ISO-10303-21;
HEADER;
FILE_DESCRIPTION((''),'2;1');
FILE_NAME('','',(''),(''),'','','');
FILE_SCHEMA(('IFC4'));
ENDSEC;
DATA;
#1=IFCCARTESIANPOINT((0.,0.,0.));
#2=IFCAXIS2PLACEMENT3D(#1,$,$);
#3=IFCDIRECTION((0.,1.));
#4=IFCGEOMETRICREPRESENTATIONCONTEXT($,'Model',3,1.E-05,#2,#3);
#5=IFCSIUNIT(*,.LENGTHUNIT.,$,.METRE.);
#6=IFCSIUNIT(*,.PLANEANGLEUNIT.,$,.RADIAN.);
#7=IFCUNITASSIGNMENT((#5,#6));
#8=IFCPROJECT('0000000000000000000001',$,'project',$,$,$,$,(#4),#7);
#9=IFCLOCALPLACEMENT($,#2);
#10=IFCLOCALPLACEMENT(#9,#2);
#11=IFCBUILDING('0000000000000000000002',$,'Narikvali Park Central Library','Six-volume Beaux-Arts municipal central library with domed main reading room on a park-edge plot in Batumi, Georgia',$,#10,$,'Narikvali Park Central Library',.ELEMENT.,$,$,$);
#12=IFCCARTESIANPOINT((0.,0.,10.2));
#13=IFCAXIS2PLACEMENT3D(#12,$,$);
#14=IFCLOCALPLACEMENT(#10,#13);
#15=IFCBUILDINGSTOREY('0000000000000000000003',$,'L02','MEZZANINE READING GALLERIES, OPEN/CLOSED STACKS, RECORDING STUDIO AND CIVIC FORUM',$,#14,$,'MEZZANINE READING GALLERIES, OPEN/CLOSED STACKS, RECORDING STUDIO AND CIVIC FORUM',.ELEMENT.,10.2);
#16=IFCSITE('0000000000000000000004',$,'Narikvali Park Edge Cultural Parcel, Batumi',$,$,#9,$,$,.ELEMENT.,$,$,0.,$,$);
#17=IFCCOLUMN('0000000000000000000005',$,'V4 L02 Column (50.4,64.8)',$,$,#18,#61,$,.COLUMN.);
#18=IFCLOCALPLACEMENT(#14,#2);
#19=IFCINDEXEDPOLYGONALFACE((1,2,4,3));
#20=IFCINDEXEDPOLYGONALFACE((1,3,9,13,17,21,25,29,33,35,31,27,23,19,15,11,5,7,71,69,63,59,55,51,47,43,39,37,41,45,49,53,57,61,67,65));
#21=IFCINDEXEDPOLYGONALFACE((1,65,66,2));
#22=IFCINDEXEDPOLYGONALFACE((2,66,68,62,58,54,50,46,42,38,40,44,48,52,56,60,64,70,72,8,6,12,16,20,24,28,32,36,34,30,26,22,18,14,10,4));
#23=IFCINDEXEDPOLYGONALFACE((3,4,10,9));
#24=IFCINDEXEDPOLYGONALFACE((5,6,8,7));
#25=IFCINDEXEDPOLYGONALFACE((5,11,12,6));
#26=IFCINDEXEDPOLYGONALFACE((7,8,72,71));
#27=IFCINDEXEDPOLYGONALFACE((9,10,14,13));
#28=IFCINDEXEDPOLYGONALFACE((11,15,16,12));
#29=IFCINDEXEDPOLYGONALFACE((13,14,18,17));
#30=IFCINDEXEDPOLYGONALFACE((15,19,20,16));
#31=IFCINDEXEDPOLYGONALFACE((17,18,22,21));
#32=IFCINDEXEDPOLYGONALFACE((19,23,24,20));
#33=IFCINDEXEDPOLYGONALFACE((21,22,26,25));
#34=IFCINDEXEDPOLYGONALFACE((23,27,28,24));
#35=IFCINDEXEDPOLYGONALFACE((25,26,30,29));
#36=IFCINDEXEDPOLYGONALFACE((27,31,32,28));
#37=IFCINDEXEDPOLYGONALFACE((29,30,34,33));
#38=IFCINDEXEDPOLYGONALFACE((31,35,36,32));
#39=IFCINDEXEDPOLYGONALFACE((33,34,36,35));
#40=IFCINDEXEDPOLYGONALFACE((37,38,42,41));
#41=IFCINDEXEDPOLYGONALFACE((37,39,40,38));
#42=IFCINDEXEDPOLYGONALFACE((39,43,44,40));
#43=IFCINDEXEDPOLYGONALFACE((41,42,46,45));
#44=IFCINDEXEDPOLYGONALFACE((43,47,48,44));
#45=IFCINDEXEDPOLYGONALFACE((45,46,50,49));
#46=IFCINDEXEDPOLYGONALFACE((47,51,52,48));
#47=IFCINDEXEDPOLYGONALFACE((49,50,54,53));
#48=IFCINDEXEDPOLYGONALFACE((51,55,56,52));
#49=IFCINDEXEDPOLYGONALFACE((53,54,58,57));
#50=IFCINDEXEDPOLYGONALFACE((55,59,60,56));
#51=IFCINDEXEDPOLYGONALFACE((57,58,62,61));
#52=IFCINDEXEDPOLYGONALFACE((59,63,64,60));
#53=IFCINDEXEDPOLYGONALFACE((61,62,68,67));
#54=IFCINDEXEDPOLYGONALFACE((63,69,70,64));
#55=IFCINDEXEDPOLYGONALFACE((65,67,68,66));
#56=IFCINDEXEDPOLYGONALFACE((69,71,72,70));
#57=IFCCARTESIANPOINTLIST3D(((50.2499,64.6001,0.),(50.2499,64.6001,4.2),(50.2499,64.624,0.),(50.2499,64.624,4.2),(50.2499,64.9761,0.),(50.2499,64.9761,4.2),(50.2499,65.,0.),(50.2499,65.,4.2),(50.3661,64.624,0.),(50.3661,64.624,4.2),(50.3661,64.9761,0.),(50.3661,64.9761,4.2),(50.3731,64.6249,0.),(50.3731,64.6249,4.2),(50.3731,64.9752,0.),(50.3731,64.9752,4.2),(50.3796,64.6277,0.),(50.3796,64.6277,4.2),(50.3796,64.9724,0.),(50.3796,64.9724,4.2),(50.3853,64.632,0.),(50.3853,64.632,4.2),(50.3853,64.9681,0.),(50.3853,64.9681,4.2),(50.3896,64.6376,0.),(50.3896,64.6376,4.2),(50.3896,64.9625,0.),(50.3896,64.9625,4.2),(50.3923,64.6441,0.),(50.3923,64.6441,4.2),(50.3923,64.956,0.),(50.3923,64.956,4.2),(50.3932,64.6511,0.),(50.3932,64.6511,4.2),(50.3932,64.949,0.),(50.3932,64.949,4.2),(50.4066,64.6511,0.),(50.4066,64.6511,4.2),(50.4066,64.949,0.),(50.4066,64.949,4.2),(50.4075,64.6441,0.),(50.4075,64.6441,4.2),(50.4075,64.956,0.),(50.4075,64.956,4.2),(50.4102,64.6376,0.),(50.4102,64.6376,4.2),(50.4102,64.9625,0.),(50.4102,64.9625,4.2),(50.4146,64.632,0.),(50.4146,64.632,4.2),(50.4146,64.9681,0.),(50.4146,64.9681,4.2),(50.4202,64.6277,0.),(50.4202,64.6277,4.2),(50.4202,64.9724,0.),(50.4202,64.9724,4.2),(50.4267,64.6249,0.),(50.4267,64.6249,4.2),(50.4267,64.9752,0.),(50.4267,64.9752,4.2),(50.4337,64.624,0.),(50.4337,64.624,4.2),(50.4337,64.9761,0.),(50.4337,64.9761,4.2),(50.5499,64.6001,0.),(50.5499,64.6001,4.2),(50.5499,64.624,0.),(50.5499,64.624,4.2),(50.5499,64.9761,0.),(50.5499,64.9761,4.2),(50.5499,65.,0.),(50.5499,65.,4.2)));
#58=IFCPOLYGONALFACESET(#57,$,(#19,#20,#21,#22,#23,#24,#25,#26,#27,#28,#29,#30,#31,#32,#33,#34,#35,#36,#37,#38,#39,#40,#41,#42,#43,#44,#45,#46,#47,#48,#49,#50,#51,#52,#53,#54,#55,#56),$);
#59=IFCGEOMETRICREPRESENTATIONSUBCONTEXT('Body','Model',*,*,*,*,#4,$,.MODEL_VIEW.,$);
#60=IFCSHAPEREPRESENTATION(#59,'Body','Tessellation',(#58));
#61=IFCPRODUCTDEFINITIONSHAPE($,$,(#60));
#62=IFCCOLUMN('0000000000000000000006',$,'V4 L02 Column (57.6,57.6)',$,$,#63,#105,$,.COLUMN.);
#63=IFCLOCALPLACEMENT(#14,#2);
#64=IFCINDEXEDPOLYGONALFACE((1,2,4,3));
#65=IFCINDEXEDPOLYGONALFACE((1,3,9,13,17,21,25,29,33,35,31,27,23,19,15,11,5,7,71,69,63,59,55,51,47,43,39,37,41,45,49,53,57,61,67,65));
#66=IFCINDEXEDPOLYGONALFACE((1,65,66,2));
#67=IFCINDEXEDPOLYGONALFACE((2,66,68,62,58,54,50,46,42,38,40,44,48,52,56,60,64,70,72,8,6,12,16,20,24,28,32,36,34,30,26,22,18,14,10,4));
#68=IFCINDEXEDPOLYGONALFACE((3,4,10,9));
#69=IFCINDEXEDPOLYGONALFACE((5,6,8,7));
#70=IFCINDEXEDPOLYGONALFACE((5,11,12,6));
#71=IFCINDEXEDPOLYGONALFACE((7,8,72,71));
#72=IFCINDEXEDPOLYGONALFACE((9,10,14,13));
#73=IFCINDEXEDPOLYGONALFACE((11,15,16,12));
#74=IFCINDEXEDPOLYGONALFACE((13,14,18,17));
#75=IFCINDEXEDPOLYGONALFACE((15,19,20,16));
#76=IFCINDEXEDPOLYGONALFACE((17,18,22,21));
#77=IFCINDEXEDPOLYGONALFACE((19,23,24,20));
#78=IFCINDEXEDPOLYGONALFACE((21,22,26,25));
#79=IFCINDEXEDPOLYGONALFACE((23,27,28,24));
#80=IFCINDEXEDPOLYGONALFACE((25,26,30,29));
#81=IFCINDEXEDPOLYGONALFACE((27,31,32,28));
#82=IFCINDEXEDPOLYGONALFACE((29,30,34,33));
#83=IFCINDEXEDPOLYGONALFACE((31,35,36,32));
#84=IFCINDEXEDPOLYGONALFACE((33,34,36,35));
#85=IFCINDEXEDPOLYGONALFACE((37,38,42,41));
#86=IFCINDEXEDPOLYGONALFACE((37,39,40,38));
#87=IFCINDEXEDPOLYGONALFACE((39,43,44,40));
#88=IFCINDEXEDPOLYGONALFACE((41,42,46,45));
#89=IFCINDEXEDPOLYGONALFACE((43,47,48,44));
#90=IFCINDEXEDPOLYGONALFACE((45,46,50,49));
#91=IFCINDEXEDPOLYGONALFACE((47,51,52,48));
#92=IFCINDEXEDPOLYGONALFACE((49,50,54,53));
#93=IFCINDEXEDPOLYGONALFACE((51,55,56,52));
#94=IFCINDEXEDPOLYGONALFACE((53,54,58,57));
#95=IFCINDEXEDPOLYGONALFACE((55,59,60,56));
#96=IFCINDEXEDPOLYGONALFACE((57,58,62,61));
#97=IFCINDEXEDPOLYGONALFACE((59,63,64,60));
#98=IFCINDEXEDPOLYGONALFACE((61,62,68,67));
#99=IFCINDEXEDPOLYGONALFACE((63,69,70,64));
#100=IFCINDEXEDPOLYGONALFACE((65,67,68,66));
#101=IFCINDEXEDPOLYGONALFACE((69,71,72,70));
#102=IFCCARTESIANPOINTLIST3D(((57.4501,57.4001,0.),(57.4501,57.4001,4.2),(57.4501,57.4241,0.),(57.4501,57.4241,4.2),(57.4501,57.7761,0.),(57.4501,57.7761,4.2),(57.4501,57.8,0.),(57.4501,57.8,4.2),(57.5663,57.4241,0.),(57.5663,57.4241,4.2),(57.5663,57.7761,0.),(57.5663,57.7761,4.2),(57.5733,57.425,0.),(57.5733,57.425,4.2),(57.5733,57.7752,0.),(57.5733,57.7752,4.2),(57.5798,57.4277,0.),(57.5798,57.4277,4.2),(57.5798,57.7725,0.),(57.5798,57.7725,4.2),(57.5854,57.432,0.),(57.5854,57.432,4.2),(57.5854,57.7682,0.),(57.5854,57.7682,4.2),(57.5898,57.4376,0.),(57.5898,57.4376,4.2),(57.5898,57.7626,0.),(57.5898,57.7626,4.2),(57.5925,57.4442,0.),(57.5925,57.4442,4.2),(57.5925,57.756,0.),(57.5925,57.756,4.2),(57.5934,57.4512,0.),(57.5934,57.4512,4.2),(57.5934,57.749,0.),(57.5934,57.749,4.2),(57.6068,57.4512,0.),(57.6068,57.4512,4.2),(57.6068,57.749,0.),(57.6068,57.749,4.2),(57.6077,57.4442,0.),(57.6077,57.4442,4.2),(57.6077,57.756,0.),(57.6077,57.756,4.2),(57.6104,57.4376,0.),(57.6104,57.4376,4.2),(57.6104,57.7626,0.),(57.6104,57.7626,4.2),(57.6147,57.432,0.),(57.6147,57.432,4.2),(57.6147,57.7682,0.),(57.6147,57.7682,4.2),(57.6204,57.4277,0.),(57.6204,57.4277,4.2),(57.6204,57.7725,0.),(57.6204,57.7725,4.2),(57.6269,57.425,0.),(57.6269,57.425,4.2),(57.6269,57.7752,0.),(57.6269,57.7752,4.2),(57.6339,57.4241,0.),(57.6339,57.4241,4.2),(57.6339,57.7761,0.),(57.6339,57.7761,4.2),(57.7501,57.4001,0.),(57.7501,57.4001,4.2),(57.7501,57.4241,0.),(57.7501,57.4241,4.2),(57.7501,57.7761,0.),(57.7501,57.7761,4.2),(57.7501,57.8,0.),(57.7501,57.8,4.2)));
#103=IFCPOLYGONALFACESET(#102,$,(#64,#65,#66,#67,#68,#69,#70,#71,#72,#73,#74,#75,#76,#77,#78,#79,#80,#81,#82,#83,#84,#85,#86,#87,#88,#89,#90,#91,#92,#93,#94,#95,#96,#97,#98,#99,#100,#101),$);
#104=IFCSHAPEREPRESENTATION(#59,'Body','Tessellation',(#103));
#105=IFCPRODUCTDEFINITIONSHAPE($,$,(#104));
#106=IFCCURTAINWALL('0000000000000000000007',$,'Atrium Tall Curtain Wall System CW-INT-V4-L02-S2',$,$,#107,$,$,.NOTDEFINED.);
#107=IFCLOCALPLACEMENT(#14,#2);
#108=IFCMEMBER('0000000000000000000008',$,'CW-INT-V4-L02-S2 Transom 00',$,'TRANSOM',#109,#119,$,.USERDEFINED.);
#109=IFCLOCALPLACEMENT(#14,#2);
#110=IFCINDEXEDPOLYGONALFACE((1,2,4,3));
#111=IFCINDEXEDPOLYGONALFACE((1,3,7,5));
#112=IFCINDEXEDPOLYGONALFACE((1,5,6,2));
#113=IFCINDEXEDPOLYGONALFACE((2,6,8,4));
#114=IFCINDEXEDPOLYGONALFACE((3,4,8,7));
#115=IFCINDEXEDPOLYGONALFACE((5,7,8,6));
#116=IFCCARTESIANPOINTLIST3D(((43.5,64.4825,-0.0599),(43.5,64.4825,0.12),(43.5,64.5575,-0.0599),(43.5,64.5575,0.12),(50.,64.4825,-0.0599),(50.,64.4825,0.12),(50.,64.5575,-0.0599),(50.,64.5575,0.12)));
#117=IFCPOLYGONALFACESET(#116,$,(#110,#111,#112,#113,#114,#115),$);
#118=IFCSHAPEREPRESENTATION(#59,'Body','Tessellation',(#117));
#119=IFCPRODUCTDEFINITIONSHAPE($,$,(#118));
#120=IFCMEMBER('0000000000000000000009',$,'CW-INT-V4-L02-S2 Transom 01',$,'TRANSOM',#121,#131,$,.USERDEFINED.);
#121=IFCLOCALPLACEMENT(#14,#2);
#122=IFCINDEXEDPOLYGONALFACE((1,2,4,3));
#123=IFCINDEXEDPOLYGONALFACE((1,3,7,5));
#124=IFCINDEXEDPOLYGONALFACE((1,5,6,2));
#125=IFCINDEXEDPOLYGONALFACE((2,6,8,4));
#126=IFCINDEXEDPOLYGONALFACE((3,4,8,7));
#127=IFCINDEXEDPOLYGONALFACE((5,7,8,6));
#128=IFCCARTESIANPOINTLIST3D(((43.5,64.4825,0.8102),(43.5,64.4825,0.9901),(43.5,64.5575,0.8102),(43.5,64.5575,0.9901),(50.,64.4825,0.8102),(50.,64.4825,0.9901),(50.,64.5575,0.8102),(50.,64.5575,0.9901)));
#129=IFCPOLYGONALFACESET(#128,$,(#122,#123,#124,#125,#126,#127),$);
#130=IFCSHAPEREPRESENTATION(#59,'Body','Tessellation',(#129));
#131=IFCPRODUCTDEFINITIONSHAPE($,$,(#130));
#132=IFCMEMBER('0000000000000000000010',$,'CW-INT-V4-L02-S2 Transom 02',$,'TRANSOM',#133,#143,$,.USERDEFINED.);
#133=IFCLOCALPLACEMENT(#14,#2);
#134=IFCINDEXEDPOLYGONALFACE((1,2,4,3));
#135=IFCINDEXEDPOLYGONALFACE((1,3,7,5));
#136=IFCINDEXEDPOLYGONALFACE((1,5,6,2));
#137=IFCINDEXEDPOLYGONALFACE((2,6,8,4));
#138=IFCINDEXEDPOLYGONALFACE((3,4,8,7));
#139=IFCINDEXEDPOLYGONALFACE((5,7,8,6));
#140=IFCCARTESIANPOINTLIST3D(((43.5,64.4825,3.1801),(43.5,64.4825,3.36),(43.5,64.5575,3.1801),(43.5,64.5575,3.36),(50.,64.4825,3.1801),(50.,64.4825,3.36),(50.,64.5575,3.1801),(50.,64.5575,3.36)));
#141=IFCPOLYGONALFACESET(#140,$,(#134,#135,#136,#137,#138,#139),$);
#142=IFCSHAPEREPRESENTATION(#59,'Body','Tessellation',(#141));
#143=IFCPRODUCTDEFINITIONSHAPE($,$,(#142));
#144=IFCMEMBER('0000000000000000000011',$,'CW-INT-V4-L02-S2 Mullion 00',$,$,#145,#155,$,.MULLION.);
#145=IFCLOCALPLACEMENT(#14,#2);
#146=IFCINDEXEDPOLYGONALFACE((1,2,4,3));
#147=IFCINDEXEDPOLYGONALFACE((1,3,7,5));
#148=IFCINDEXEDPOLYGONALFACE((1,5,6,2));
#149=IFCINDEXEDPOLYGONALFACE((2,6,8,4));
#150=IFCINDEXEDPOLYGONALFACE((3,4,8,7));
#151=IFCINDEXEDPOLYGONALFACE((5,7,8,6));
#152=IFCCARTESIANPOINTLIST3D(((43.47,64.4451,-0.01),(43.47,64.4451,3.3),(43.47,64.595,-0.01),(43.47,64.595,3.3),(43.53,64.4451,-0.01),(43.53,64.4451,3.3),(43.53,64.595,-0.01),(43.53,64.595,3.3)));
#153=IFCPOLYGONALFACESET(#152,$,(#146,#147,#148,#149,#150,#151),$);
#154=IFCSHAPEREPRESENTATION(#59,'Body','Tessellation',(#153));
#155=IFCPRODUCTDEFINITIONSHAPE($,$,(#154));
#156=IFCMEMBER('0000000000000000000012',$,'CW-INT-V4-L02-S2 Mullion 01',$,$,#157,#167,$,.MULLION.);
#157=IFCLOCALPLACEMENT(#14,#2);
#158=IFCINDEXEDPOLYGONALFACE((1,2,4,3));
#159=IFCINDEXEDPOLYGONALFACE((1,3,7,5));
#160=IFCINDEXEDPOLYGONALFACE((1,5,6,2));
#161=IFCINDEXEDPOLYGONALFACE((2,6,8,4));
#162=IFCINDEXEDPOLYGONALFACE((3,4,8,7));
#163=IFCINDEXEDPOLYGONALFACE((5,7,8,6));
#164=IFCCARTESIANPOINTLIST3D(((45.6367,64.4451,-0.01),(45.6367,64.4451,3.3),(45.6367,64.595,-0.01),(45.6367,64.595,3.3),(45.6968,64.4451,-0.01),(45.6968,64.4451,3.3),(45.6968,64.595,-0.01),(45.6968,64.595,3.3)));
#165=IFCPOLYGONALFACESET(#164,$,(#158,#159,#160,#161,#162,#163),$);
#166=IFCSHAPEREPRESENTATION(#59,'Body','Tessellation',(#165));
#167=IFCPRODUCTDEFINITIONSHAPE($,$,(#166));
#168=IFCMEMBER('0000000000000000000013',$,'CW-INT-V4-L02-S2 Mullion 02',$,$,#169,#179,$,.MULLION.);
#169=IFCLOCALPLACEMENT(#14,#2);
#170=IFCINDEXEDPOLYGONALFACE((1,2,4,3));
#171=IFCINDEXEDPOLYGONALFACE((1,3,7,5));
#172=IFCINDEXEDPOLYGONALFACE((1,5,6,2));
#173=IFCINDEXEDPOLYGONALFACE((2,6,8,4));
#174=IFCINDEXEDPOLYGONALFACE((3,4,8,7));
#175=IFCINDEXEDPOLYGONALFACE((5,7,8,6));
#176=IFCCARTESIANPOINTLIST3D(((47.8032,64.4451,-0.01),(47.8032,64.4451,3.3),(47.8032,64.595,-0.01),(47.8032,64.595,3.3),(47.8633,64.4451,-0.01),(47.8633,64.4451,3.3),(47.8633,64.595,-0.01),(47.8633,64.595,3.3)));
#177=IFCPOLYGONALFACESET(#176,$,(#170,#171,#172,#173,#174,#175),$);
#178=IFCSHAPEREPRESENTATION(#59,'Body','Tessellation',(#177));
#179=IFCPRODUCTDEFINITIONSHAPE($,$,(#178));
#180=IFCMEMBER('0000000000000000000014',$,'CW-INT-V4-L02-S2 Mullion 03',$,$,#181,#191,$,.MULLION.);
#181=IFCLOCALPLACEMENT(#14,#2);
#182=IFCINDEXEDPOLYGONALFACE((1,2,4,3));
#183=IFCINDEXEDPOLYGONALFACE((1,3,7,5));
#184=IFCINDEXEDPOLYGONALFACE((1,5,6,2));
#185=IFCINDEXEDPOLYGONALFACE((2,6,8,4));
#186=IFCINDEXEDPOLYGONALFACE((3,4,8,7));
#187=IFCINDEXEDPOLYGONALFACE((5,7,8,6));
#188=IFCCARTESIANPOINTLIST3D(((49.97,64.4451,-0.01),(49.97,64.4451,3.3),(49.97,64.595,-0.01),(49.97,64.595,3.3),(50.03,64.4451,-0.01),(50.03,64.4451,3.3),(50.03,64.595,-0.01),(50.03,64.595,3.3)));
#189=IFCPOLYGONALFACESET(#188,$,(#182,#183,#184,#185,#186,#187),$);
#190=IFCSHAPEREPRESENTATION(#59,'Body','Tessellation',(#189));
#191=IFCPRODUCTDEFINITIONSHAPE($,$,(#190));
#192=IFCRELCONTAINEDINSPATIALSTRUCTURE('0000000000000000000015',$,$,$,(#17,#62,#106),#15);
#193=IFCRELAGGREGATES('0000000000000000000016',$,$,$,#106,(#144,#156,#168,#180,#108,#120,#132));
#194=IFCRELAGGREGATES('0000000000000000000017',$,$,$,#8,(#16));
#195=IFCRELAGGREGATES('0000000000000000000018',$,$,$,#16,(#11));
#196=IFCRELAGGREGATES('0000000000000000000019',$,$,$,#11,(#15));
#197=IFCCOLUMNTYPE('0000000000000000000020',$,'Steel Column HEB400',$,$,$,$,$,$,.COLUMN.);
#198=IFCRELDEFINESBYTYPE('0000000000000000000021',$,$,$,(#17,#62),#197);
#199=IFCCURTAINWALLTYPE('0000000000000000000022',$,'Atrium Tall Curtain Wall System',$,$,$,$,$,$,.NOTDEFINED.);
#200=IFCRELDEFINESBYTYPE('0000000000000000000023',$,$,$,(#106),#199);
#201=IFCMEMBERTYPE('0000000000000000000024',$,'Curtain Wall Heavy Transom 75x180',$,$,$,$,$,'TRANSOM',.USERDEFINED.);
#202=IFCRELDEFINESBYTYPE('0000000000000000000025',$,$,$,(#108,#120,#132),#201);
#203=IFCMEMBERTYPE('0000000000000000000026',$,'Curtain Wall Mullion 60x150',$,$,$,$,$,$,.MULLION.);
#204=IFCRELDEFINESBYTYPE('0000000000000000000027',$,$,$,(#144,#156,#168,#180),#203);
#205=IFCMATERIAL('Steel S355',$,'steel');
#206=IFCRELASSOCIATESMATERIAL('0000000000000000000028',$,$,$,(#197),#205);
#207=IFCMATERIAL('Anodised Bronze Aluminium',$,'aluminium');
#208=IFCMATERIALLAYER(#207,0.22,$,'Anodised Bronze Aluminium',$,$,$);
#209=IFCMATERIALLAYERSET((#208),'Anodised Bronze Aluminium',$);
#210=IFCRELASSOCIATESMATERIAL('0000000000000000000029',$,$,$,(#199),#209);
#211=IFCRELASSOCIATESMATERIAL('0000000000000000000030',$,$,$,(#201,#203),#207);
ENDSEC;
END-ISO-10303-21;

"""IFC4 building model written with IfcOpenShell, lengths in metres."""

from ifc_helpers import new_model, si_unit, direction, frame, origin, origin_2d, place, context, subcontext, project, spatial, rectangle, i_section, extrude, material, layer, layer_set, material_profile, profile_set, type_object, element, aggregate, save


model = new_model("IFC4")

# Units and contexts
model_context = context("Model", 3, precision=1e-05, world=origin(), true_north=direction((0.0, 1.0)))
body_context = subcontext(model_context, "Body", "Model", "MODEL_VIEW")
ifc_project = project(units=[si_unit("LENGTHUNIT", "METRE"), si_unit("PLANEANGLEUNIT", "RADIAN")], contexts=[model_context])

# Site, building, storey
site_placement = place(None, origin())
site = spatial("IfcSite", under=ifc_project, at=site_placement, Name="Narikvali Park Edge Cultural Parcel, Batumi", CompositionType="ELEMENT", RefElevation=0.0)
building_placement = place(site_placement, origin())
building = spatial("IfcBuilding", under=site, at=building_placement, Name="Narikvali Park Central Library", Description="Six-volume Beaux-Arts municipal central library with domed main reading room on a park-edge plot in Batumi, Georgia", LongName="Narikvali Park Central Library", CompositionType="ELEMENT")
storey_placement = place(building_placement, frame((0.0, 0.0, 10.2)))
storey = spatial("IfcBuildingStorey", under=building, at=storey_placement, Name="L02", Description="MEZZANINE READING GALLERIES, OPEN/CLOSED STACKS, RECORDING STUDIO AND CIVIC FORUM", LongName="MEZZANINE READING GALLERIES, OPEN/CLOSED STACKS, RECORDING STUDIO AND CIVIC FORUM", CompositionType="ELEMENT", Elevation=10.2)

# Columns
ifc_material_1 = material(Name="Steel S355", Category="steel")
ifc_material_profile_1 = material_profile(ifc_material_1, i_section(OverallWidth=0.3, OverallDepth=0.3999, WebThickness=0.0134, FlangeThickness=0.0239, FilletRadius=0.0271, at=origin_2d()), Name="HEB 400")
ifc_profile_set_1 = profile_set([ifc_material_profile_1], Name="Steel S355")
column_type = type_object("IfcColumnType", Name="Steel Column HEB400", PredefinedType="COLUMN", material=ifc_profile_set_1)
for number, where, z_axis, x_axis, name in (
    (1, (50.3999, 64.8, 0.0), (0.0, 0.0, 1.0), (1.0, 0.0, 0.0), "V4 L02 Column (50.4,64.8)"),
    (2, (57.6001, 57.6001, 0.0), (0.0, 0.0, 1.0), (1.0, 0.0, 0.0), "V4 L02 Column (57.6,57.6)"),
):
    element("IfcColumn", number, at=place(storey_placement, frame(where, z_axis=z_axis, x_axis=x_axis)), inside=storey, type_object=column_type, Name=name, PredefinedType="COLUMN", context=body_context, shape_type="SweptSolid", body=[
        extrude(i_section(OverallWidth=0.3, OverallDepth=0.3999, WebThickness=0.0134, FlangeThickness=0.0239, FilletRadius=0.0271, at=origin_2d()), origin(), (0.0, 0.0, 1.0), 4.2),
    ])

# Curtain wall, members
ifc_material_2 = material(Name="Anodised Bronze Aluminium", Category="aluminium")
ifc_layer_1 = layer(ifc_material_2, 0.22, Name="Anodised Bronze Aluminium")
ifc_layer_set_1 = layer_set([ifc_layer_1], Name="Anodised Bronze Aluminium")
curtain_wall_type = type_object("IfcCurtainWallType", Name="Atrium Tall Curtain Wall System", PredefinedType="NOTDEFINED", material=ifc_layer_set_1)
curtain_wall_placement = place(storey_placement, origin())
curtain_wall = element("IfcCurtainWall", 3, at=curtain_wall_placement, inside=storey, type_object=curtain_wall_type, Name="Atrium Tall Curtain Wall System CW-INT-V4-L02-S2", PredefinedType="NOTDEFINED")
ifc_material_profile_2 = material_profile(ifc_material_2, rectangle(XDim=0.075, YDim=0.1799, at=origin_2d()), Name="CW TRANSOM 75x180")
ifc_profile_set_2 = profile_set([ifc_material_profile_2], Name="Anodised Bronze Aluminium")
member_type_1 = type_object("IfcMemberType", Name="Curtain Wall Heavy Transom 75x180", ElementType="TRANSOM", PredefinedType="USERDEFINED", material=ifc_profile_set_2)
member_1_placement = place(storey_placement, frame((43.5, 64.52, 0.03), z_axis=(1.0, 0.0, 0.0), x_axis=(0.0, 1.0, 0.0)))
member_1 = element("IfcMember", 4, at=member_1_placement, type_object=member_type_1, Name="CW-INT-V4-L02-S2 Transom 00", ObjectType="TRANSOM", PredefinedType="USERDEFINED", context=body_context, shape_type="SweptSolid", body=[
    extrude(rectangle(XDim=0.075, YDim=0.1799, at=origin_2d()), origin(), (0.0, 0.0, 1.0), 6.5),
])
member_2_placement = place(storey_placement, frame((43.5, 64.52, 0.9001), z_axis=(1.0, 0.0, 0.0), x_axis=(0.0, 1.0, 0.0)))
member_2 = element("IfcMember", 5, at=member_2_placement, type_object=member_type_1, Name="CW-INT-V4-L02-S2 Transom 01", ObjectType="TRANSOM", PredefinedType="USERDEFINED", context=body_context, shape_type="SweptSolid", body=[
    extrude(rectangle(XDim=0.075, YDim=0.1799, at=origin_2d()), origin(), (0.0, 0.0, 1.0), 6.5),
])
member_3_placement = place(storey_placement, frame((43.5, 64.52, 3.27), z_axis=(1.0, 0.0, 0.0), x_axis=(0.0, 1.0, 0.0)))
member_3 = element("IfcMember", 6, at=member_3_placement, type_object=member_type_1, Name="CW-INT-V4-L02-S2 Transom 02", ObjectType="TRANSOM", PredefinedType="USERDEFINED", context=body_context, shape_type="SweptSolid", body=[
    extrude(rectangle(XDim=0.075, YDim=0.1799, at=origin_2d()), origin(), (0.0, 0.0, 1.0), 6.5),
])
ifc_material_profile_3 = material_profile(ifc_material_2, rectangle(XDim=0.0601, YDim=0.1499, at=origin_2d()), Name="CW MULLION 60x150")
ifc_profile_set_3 = profile_set([ifc_material_profile_3], Name="Anodised Bronze Aluminium")
member_type_2 = type_object("IfcMemberType", Name="Curtain Wall Mullion 60x150", PredefinedType="MULLION", material=ifc_profile_set_3)
member_4_placement = place(storey_placement, frame((43.5, 64.52, -0.01), z_axis=(0.0, 0.0, 1.0), x_axis=(1.0, 0.0, 0.0)))
member_4 = element("IfcMember", 7, at=member_4_placement, type_object=member_type_2, Name="CW-INT-V4-L02-S2 Mullion 00", PredefinedType="MULLION", context=body_context, shape_type="SweptSolid", body=[
    extrude(rectangle(XDim=0.0601, YDim=0.1499, at=origin_2d()), origin(), (0.0, 0.0, 1.0), 3.3101),
])
member_5_placement = place(storey_placement, frame((45.6667, 64.52, -0.01), z_axis=(0.0, 0.0, 1.0), x_axis=(1.0, 0.0, 0.0)))
member_5 = element("IfcMember", 8, at=member_5_placement, type_object=member_type_2, Name="CW-INT-V4-L02-S2 Mullion 01", PredefinedType="MULLION", context=body_context, shape_type="SweptSolid", body=[
    extrude(rectangle(XDim=0.0601, YDim=0.1499, at=origin_2d()), origin(), (0.0, 0.0, 1.0), 3.3101),
])
member_6_placement = place(storey_placement, frame((47.8333, 64.52, -0.01), z_axis=(0.0, 0.0, 1.0), x_axis=(1.0, 0.0, 0.0)))
member_6 = element("IfcMember", 9, at=member_6_placement, type_object=member_type_2, Name="CW-INT-V4-L02-S2 Mullion 02", PredefinedType="MULLION", context=body_context, shape_type="SweptSolid", body=[
    extrude(rectangle(XDim=0.0601, YDim=0.1499, at=origin_2d()), origin(), (0.0, 0.0, 1.0), 3.3101),
])
member_7_placement = place(storey_placement, frame((50.0, 64.52, -0.01), z_axis=(0.0, 0.0, 1.0), x_axis=(1.0, 0.0, 0.0)))
member_7 = element("IfcMember", 10, at=member_7_placement, type_object=member_type_2, Name="CW-INT-V4-L02-S2 Mullion 03", PredefinedType="MULLION", context=body_context, shape_type="SweptSolid", body=[
    extrude(rectangle(XDim=0.0601, YDim=0.1499, at=origin_2d()), origin(), (0.0, 0.0, 1.0), 3.3101),
])

aggregate(curtain_wall, [member_4, member_5, member_6, member_7, member_1, member_2, member_3])

save(model, "model.ifc")
